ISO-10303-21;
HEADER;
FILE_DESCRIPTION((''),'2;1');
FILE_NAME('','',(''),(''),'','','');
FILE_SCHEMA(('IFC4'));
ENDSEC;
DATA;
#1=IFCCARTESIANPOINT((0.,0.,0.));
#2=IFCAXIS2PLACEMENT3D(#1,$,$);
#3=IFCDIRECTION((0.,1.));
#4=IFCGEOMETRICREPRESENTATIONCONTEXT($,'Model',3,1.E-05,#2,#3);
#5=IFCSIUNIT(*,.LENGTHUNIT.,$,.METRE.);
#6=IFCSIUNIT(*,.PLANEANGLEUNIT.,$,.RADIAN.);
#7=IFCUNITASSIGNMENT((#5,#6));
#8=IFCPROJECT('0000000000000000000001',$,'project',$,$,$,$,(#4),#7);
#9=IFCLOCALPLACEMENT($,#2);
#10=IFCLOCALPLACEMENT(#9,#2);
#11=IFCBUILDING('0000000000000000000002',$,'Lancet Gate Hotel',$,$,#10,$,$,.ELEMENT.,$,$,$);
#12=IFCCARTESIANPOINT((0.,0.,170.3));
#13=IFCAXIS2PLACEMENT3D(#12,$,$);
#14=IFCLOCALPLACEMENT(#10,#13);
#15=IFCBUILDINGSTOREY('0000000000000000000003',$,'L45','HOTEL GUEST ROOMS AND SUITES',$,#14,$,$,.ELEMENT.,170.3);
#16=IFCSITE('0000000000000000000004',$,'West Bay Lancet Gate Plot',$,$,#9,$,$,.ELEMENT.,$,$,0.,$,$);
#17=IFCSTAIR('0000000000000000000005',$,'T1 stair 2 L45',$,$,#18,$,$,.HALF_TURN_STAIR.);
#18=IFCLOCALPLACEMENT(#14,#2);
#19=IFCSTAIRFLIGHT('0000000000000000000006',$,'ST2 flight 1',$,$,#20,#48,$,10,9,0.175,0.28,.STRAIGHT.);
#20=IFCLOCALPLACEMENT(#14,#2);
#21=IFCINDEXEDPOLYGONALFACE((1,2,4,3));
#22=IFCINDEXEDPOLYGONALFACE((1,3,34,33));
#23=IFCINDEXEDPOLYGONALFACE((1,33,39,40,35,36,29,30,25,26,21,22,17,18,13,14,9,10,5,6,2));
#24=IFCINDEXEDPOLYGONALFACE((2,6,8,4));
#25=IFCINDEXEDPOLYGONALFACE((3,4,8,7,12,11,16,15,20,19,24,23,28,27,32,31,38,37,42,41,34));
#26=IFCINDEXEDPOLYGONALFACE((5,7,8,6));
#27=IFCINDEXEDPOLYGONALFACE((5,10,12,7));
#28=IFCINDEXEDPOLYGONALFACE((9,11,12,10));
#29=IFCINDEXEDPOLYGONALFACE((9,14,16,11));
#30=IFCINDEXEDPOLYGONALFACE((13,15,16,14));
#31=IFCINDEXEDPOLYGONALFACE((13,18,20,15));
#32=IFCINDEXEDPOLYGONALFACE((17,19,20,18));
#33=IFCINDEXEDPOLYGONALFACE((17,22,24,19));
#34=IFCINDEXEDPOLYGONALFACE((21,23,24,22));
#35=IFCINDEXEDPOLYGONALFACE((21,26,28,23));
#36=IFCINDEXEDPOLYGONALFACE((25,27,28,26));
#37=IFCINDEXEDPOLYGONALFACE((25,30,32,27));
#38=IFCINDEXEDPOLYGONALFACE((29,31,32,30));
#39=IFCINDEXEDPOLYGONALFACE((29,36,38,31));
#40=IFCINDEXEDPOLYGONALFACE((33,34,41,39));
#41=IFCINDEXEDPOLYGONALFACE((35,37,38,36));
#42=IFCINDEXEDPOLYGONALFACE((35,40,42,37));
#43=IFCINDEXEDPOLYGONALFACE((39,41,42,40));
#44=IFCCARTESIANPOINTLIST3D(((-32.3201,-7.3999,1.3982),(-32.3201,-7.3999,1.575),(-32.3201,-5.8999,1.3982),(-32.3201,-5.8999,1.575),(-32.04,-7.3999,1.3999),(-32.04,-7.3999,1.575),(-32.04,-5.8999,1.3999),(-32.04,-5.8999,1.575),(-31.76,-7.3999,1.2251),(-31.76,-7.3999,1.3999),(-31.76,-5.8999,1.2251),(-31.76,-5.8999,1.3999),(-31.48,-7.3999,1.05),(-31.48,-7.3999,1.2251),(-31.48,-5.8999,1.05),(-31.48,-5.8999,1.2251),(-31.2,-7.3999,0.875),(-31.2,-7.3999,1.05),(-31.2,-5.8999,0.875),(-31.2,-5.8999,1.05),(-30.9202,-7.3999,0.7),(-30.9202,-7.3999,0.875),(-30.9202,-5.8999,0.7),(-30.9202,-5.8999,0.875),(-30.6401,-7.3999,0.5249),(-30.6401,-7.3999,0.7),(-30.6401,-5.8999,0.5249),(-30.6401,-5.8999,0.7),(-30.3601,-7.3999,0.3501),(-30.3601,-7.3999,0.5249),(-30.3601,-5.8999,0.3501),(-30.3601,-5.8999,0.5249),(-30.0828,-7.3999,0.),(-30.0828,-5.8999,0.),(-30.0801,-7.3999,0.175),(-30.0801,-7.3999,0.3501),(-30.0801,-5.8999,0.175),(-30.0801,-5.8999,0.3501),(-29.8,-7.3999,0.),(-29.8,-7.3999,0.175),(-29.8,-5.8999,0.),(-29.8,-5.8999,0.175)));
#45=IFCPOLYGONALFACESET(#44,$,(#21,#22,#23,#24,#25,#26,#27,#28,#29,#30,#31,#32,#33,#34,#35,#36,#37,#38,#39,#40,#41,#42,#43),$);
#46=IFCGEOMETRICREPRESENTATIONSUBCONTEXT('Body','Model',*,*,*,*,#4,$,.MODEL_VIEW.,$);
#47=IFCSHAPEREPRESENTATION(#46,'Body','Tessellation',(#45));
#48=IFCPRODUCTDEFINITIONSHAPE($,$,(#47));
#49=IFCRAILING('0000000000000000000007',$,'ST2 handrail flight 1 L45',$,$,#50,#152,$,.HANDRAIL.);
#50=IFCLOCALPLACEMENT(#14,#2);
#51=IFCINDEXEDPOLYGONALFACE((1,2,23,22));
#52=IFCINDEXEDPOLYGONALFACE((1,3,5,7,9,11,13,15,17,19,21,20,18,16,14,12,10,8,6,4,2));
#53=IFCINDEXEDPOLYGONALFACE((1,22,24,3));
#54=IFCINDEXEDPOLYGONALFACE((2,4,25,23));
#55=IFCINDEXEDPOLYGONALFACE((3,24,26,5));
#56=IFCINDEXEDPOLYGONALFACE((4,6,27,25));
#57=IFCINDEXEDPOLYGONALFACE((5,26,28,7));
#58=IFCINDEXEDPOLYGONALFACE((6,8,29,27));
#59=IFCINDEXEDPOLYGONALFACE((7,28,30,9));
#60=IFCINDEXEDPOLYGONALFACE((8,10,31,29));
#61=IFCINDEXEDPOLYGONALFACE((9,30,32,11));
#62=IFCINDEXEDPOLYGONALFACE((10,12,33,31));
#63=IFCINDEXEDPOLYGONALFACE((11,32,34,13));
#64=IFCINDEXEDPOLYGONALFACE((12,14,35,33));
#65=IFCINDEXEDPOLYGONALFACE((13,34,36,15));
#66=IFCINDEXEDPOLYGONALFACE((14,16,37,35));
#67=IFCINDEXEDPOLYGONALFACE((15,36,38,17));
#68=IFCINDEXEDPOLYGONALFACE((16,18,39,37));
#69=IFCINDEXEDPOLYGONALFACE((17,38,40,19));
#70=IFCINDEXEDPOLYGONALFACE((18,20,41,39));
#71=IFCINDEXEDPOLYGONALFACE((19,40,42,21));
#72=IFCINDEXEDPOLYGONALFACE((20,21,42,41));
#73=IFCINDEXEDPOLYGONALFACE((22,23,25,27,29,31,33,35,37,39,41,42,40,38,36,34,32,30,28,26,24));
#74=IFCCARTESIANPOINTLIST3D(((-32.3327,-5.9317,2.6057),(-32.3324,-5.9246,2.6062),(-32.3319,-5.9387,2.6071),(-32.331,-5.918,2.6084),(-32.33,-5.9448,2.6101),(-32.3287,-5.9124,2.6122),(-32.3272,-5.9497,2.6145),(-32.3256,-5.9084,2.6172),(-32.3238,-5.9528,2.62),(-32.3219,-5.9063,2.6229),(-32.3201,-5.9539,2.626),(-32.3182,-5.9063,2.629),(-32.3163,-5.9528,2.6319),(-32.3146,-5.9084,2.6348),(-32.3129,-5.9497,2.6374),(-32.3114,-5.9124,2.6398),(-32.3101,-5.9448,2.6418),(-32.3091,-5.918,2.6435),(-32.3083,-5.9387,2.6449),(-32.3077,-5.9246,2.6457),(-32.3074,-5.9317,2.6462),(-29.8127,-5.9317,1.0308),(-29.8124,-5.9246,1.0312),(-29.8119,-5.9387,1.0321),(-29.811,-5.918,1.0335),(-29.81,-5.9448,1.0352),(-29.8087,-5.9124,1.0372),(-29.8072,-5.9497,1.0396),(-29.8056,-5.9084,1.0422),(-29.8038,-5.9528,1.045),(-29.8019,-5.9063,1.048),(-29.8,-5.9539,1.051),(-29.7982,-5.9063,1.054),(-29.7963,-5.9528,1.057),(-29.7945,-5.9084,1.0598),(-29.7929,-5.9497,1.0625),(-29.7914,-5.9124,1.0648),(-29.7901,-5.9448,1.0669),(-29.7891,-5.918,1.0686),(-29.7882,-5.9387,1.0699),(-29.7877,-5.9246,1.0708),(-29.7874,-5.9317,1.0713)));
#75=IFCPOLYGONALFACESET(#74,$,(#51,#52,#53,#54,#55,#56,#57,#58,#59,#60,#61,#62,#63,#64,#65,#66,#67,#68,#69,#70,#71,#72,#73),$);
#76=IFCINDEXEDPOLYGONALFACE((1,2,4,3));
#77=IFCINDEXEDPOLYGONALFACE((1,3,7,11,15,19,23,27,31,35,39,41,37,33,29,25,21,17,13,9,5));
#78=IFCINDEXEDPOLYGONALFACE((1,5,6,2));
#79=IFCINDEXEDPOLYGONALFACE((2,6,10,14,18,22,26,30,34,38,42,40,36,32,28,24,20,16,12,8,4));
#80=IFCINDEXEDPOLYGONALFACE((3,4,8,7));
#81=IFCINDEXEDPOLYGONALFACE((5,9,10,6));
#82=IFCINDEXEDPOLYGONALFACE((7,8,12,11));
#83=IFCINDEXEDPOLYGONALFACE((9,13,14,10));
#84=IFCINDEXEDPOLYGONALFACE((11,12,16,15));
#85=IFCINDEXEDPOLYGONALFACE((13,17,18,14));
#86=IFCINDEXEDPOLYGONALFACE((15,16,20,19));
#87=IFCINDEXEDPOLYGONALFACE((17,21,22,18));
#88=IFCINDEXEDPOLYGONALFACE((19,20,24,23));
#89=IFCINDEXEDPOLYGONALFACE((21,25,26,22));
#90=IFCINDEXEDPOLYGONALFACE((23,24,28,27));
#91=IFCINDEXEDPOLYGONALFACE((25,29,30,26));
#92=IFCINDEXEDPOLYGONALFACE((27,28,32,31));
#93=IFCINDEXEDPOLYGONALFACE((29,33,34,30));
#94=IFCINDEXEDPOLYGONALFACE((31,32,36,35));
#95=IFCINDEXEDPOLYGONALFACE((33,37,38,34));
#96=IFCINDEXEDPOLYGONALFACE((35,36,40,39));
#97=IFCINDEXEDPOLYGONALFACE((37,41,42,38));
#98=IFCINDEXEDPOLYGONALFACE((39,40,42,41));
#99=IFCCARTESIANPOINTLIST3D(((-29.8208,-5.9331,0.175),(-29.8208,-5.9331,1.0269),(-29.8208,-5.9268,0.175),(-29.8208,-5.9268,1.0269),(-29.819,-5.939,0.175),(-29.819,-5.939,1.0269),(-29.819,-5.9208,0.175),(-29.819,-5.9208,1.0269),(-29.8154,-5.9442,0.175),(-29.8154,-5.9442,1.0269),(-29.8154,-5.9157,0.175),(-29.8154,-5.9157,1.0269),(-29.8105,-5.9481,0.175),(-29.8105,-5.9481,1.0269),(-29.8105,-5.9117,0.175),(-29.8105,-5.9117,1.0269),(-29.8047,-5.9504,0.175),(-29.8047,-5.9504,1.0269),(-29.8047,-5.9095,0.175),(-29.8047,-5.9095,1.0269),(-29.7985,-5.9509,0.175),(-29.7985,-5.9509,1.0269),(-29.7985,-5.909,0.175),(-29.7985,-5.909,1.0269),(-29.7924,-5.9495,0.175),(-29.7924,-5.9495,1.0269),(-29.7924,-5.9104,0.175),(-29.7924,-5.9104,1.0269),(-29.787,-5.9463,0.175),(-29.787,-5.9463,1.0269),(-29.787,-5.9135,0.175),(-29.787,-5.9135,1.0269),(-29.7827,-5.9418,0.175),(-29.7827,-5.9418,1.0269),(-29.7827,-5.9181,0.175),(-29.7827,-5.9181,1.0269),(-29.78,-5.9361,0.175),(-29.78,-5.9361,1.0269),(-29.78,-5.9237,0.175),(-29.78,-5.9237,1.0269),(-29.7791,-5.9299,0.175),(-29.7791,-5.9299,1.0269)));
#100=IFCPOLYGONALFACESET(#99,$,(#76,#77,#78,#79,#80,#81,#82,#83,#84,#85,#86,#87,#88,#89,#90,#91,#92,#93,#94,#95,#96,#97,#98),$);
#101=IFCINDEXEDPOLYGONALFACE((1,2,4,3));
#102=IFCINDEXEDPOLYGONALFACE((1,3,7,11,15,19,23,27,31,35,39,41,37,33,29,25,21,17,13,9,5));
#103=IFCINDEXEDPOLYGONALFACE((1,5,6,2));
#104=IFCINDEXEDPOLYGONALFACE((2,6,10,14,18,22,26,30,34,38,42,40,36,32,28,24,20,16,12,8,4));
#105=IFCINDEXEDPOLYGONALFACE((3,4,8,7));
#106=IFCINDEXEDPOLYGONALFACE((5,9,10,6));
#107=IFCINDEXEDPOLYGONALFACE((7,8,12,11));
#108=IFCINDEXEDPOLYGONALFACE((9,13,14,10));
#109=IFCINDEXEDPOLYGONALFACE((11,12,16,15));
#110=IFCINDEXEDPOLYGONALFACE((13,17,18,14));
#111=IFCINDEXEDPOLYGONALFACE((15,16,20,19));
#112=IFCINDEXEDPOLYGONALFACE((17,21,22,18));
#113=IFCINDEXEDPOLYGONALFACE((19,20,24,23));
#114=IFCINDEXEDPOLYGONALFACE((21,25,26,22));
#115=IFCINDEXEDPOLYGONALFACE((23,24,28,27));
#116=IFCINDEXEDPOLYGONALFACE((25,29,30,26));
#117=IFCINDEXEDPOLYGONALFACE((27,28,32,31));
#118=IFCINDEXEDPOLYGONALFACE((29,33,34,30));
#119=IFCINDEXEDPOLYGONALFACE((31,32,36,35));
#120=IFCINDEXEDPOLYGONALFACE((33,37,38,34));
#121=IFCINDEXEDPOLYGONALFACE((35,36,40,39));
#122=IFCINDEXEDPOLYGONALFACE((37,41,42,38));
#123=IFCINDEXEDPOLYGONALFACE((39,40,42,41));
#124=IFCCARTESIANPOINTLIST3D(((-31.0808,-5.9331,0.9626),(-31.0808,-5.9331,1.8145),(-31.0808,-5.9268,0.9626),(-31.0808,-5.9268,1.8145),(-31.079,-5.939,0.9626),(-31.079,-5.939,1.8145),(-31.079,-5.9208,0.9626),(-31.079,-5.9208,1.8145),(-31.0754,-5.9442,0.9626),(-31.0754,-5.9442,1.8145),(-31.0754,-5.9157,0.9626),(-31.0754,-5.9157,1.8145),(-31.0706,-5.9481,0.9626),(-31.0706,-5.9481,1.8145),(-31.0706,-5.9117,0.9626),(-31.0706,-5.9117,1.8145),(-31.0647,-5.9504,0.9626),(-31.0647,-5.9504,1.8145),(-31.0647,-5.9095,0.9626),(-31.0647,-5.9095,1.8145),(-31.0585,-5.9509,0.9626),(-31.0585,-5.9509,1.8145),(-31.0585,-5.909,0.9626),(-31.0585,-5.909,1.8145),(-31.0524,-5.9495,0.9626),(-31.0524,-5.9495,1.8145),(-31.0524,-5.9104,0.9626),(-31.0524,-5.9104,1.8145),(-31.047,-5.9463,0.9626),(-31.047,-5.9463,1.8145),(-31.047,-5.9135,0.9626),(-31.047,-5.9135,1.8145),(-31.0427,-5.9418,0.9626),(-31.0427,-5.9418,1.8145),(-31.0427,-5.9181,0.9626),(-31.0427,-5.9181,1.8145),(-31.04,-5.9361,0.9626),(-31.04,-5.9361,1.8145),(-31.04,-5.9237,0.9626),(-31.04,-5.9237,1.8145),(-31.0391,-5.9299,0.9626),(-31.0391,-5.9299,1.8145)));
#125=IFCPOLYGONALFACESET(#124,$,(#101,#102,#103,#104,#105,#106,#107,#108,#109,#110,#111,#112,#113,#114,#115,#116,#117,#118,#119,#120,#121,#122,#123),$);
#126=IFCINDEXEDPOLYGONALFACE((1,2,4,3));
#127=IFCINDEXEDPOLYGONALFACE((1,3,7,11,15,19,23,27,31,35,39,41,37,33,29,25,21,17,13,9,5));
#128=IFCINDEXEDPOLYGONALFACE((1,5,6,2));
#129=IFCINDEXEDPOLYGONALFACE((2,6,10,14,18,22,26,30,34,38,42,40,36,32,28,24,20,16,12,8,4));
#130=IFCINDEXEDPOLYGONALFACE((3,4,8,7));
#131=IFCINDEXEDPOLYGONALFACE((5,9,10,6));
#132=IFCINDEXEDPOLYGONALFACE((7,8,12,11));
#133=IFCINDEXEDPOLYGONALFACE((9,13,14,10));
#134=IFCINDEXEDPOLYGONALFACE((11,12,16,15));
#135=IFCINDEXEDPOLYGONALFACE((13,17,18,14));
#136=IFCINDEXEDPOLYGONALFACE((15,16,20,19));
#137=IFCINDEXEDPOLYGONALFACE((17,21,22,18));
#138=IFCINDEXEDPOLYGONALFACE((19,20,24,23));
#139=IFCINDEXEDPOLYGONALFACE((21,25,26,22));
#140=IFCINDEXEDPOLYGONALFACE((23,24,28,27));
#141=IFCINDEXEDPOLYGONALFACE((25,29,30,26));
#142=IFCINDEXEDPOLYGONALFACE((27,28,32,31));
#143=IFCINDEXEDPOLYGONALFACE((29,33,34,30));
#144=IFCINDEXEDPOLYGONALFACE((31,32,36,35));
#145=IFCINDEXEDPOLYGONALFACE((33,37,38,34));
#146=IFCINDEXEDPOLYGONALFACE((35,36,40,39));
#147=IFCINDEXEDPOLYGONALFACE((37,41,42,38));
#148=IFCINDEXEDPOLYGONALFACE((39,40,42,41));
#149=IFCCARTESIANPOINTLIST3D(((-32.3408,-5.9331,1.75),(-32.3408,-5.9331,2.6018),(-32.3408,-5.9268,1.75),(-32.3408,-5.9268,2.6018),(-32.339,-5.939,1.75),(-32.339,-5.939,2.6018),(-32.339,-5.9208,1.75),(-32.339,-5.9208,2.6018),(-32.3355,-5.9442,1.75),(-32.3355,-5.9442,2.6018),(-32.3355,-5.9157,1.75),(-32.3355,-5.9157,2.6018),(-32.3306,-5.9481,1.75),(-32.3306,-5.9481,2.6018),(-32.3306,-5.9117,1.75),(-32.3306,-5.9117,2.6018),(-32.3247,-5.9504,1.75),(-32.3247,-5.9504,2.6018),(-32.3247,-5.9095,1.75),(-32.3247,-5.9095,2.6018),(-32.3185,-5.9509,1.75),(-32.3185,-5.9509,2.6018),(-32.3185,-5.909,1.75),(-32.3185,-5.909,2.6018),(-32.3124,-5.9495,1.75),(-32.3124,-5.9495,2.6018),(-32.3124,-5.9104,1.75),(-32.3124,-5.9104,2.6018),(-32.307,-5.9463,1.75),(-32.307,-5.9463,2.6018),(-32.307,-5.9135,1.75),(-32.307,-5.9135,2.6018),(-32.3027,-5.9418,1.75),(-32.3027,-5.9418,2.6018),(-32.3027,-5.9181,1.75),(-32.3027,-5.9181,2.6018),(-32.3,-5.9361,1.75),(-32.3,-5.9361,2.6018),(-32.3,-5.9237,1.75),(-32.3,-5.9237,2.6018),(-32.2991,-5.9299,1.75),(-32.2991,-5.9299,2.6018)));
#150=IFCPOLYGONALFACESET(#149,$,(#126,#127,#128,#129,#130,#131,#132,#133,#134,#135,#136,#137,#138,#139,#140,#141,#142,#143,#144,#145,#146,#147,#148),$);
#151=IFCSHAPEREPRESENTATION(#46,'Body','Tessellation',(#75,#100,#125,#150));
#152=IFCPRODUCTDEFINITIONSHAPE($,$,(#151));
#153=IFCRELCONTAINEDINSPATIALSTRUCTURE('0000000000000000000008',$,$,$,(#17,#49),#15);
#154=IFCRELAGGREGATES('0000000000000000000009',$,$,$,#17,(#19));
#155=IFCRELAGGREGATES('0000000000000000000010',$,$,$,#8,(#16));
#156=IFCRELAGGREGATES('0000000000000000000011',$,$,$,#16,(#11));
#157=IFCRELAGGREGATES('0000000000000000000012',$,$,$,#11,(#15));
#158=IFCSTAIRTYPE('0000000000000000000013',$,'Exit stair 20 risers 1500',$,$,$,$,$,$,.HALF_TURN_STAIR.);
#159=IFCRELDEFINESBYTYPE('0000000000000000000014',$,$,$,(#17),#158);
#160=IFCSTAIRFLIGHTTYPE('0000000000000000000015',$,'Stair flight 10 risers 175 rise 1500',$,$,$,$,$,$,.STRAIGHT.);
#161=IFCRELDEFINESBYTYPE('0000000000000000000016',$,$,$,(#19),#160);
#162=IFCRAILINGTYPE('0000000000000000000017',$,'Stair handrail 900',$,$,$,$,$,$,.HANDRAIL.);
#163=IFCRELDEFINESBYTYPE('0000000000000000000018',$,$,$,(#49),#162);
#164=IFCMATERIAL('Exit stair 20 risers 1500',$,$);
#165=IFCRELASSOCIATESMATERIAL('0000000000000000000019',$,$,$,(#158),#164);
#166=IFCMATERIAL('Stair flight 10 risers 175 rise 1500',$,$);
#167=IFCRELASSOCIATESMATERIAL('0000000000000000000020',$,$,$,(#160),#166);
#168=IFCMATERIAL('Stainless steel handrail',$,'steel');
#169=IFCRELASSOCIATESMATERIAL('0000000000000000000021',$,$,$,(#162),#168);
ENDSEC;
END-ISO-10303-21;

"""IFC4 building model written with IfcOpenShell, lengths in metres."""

from ifc_helpers import new_model, si_unit, direction, frame, origin, origin_2d, place, context, subcontext, project, spatial, polyline, circle, outline, extrude, material, type_object, element, aggregate, save


model = new_model("IFC4")

# Units and contexts
model_context = context("Model", 3, precision=1e-05, world=origin(), true_north=direction((0.0, 1.0)))
body_context = subcontext(model_context, "Body", "Model", "MODEL_VIEW")
ifc_project = project(units=[si_unit("LENGTHUNIT", "METRE"), si_unit("PLANEANGLEUNIT", "RADIAN")], contexts=[model_context])

# Site, building, storey
site_placement = place(None, origin())
site = spatial("IfcSite", under=ifc_project, at=site_placement, Name="West Bay Lancet Gate Plot", CompositionType="ELEMENT", RefElevation=0.0)
building_placement = place(site_placement, origin())
building = spatial("IfcBuilding", under=site, at=building_placement, Name="Lancet Gate Hotel", CompositionType="ELEMENT")
storey_placement = place(building_placement, frame((0.0, 0.0, 170.3)))
storey = spatial("IfcBuildingStorey", under=building, at=storey_placement, Name="L45", Description="HOTEL GUEST ROOMS AND SUITES", CompositionType="ELEMENT", Elevation=170.3)

# Stair, stair flight
ifc_material_1 = material(Name="Exit stair 20 risers 1500")
stair_type = type_object("IfcStairType", Name="Exit stair 20 risers 1500", PredefinedType="HALF_TURN_STAIR", material=ifc_material_1)
stair_placement = place(storey_placement, origin())
stair = element("IfcStair", 1, at=stair_placement, inside=storey, type_object=stair_type, Name="T1 stair 2 L45", PredefinedType="HALF_TURN_STAIR")
ifc_material_2 = material(Name="Stair flight 10 risers 175 rise 1500")
stair_flight_type = type_object("IfcStairFlightType", Name="Stair flight 10 risers 175 rise 1500", PredefinedType="STRAIGHT", material=ifc_material_2)
stair_flight_placement = place(storey_placement, frame((-29.8, -6.6499, 0.0), z_axis=(0.0, 0.0, 1.0), x_axis=(-1.0, 0.0, 0.0)))
stair_flight = element("IfcStairFlight", 2, at=stair_flight_placement, type_object=stair_flight_type, Name="ST2 flight 1", NumberOfRisers=10, NumberOfTreads=9, PredefinedType="STRAIGHT", RiserHeight=0.175, TreadLength=0.28, context=body_context, shape_type="SweptSolid", body=[
    extrude(outline(polyline([(0.0, 0.0), (0.0, 0.175), (0.28, 0.175), (0.28, 0.3501), (0.5601, 0.3501), (0.5601, 0.5249), (0.8401, 0.5249), (0.8401, 0.7), (1.1201, 0.7), (1.1201, 0.875), (1.3999, 0.875), (1.3999, 1.05), (1.6799, 1.05), (1.6799, 1.2251), (1.96, 1.2251), (1.96, 1.3999), (2.24, 1.3999), (2.24, 1.575), (2.52, 1.575), (2.52, 1.75), (2.52, 1.3982), (0.2827, 0.0), (0.0, 0.0)])), frame((0.0, 0.75, 0.0), z_axis=(0.0, -1.0, 0.0), x_axis=(1.0, 0.0, 0.0)), (0.0, 0.0, 1.0), 1.5),
])
aggregate(stair, [stair_flight])

# Railing
ifc_material_3 = material(Name="Stainless steel handrail", Category="steel")
railing_type = type_object("IfcRailingType", Name="Stair handrail 900", PredefinedType="HANDRAIL", material=ifc_material_3)
railing_placement = place(storey_placement, frame((-29.8, -5.9299, 0.175)))
element("IfcRailing", 3, at=railing_placement, inside=storey, type_object=railing_type, Name="ST2 handrail flight 1 L45", PredefinedType="HANDRAIL", context=body_context, shape_type="SweptSolid", body=[
    extrude(circle(Radius=0.0239, at=origin_2d()), frame((0.0, 0.0, 0.876), z_axis=(-0.848008, 0.0, 0.529984), x_axis=(0.0, -1.0, 0.0)), (0.0, 0.0, 1.0), 2.9717),
    extrude(circle(Radius=0.021, at=origin_2d()), origin(), (0.0, 0.0, 1.0), 0.8518),
    extrude(circle(Radius=0.021, at=origin_2d()), frame((-1.26, 0.0, 0.7876)), (0.0, 0.0, 1.0), 0.8518),
    extrude(circle(Radius=0.021, at=origin_2d()), frame((-2.52, 0.0, 1.575)), (0.0, 0.0, 1.0), 0.8518),
])

save(model, "model.ifc")
